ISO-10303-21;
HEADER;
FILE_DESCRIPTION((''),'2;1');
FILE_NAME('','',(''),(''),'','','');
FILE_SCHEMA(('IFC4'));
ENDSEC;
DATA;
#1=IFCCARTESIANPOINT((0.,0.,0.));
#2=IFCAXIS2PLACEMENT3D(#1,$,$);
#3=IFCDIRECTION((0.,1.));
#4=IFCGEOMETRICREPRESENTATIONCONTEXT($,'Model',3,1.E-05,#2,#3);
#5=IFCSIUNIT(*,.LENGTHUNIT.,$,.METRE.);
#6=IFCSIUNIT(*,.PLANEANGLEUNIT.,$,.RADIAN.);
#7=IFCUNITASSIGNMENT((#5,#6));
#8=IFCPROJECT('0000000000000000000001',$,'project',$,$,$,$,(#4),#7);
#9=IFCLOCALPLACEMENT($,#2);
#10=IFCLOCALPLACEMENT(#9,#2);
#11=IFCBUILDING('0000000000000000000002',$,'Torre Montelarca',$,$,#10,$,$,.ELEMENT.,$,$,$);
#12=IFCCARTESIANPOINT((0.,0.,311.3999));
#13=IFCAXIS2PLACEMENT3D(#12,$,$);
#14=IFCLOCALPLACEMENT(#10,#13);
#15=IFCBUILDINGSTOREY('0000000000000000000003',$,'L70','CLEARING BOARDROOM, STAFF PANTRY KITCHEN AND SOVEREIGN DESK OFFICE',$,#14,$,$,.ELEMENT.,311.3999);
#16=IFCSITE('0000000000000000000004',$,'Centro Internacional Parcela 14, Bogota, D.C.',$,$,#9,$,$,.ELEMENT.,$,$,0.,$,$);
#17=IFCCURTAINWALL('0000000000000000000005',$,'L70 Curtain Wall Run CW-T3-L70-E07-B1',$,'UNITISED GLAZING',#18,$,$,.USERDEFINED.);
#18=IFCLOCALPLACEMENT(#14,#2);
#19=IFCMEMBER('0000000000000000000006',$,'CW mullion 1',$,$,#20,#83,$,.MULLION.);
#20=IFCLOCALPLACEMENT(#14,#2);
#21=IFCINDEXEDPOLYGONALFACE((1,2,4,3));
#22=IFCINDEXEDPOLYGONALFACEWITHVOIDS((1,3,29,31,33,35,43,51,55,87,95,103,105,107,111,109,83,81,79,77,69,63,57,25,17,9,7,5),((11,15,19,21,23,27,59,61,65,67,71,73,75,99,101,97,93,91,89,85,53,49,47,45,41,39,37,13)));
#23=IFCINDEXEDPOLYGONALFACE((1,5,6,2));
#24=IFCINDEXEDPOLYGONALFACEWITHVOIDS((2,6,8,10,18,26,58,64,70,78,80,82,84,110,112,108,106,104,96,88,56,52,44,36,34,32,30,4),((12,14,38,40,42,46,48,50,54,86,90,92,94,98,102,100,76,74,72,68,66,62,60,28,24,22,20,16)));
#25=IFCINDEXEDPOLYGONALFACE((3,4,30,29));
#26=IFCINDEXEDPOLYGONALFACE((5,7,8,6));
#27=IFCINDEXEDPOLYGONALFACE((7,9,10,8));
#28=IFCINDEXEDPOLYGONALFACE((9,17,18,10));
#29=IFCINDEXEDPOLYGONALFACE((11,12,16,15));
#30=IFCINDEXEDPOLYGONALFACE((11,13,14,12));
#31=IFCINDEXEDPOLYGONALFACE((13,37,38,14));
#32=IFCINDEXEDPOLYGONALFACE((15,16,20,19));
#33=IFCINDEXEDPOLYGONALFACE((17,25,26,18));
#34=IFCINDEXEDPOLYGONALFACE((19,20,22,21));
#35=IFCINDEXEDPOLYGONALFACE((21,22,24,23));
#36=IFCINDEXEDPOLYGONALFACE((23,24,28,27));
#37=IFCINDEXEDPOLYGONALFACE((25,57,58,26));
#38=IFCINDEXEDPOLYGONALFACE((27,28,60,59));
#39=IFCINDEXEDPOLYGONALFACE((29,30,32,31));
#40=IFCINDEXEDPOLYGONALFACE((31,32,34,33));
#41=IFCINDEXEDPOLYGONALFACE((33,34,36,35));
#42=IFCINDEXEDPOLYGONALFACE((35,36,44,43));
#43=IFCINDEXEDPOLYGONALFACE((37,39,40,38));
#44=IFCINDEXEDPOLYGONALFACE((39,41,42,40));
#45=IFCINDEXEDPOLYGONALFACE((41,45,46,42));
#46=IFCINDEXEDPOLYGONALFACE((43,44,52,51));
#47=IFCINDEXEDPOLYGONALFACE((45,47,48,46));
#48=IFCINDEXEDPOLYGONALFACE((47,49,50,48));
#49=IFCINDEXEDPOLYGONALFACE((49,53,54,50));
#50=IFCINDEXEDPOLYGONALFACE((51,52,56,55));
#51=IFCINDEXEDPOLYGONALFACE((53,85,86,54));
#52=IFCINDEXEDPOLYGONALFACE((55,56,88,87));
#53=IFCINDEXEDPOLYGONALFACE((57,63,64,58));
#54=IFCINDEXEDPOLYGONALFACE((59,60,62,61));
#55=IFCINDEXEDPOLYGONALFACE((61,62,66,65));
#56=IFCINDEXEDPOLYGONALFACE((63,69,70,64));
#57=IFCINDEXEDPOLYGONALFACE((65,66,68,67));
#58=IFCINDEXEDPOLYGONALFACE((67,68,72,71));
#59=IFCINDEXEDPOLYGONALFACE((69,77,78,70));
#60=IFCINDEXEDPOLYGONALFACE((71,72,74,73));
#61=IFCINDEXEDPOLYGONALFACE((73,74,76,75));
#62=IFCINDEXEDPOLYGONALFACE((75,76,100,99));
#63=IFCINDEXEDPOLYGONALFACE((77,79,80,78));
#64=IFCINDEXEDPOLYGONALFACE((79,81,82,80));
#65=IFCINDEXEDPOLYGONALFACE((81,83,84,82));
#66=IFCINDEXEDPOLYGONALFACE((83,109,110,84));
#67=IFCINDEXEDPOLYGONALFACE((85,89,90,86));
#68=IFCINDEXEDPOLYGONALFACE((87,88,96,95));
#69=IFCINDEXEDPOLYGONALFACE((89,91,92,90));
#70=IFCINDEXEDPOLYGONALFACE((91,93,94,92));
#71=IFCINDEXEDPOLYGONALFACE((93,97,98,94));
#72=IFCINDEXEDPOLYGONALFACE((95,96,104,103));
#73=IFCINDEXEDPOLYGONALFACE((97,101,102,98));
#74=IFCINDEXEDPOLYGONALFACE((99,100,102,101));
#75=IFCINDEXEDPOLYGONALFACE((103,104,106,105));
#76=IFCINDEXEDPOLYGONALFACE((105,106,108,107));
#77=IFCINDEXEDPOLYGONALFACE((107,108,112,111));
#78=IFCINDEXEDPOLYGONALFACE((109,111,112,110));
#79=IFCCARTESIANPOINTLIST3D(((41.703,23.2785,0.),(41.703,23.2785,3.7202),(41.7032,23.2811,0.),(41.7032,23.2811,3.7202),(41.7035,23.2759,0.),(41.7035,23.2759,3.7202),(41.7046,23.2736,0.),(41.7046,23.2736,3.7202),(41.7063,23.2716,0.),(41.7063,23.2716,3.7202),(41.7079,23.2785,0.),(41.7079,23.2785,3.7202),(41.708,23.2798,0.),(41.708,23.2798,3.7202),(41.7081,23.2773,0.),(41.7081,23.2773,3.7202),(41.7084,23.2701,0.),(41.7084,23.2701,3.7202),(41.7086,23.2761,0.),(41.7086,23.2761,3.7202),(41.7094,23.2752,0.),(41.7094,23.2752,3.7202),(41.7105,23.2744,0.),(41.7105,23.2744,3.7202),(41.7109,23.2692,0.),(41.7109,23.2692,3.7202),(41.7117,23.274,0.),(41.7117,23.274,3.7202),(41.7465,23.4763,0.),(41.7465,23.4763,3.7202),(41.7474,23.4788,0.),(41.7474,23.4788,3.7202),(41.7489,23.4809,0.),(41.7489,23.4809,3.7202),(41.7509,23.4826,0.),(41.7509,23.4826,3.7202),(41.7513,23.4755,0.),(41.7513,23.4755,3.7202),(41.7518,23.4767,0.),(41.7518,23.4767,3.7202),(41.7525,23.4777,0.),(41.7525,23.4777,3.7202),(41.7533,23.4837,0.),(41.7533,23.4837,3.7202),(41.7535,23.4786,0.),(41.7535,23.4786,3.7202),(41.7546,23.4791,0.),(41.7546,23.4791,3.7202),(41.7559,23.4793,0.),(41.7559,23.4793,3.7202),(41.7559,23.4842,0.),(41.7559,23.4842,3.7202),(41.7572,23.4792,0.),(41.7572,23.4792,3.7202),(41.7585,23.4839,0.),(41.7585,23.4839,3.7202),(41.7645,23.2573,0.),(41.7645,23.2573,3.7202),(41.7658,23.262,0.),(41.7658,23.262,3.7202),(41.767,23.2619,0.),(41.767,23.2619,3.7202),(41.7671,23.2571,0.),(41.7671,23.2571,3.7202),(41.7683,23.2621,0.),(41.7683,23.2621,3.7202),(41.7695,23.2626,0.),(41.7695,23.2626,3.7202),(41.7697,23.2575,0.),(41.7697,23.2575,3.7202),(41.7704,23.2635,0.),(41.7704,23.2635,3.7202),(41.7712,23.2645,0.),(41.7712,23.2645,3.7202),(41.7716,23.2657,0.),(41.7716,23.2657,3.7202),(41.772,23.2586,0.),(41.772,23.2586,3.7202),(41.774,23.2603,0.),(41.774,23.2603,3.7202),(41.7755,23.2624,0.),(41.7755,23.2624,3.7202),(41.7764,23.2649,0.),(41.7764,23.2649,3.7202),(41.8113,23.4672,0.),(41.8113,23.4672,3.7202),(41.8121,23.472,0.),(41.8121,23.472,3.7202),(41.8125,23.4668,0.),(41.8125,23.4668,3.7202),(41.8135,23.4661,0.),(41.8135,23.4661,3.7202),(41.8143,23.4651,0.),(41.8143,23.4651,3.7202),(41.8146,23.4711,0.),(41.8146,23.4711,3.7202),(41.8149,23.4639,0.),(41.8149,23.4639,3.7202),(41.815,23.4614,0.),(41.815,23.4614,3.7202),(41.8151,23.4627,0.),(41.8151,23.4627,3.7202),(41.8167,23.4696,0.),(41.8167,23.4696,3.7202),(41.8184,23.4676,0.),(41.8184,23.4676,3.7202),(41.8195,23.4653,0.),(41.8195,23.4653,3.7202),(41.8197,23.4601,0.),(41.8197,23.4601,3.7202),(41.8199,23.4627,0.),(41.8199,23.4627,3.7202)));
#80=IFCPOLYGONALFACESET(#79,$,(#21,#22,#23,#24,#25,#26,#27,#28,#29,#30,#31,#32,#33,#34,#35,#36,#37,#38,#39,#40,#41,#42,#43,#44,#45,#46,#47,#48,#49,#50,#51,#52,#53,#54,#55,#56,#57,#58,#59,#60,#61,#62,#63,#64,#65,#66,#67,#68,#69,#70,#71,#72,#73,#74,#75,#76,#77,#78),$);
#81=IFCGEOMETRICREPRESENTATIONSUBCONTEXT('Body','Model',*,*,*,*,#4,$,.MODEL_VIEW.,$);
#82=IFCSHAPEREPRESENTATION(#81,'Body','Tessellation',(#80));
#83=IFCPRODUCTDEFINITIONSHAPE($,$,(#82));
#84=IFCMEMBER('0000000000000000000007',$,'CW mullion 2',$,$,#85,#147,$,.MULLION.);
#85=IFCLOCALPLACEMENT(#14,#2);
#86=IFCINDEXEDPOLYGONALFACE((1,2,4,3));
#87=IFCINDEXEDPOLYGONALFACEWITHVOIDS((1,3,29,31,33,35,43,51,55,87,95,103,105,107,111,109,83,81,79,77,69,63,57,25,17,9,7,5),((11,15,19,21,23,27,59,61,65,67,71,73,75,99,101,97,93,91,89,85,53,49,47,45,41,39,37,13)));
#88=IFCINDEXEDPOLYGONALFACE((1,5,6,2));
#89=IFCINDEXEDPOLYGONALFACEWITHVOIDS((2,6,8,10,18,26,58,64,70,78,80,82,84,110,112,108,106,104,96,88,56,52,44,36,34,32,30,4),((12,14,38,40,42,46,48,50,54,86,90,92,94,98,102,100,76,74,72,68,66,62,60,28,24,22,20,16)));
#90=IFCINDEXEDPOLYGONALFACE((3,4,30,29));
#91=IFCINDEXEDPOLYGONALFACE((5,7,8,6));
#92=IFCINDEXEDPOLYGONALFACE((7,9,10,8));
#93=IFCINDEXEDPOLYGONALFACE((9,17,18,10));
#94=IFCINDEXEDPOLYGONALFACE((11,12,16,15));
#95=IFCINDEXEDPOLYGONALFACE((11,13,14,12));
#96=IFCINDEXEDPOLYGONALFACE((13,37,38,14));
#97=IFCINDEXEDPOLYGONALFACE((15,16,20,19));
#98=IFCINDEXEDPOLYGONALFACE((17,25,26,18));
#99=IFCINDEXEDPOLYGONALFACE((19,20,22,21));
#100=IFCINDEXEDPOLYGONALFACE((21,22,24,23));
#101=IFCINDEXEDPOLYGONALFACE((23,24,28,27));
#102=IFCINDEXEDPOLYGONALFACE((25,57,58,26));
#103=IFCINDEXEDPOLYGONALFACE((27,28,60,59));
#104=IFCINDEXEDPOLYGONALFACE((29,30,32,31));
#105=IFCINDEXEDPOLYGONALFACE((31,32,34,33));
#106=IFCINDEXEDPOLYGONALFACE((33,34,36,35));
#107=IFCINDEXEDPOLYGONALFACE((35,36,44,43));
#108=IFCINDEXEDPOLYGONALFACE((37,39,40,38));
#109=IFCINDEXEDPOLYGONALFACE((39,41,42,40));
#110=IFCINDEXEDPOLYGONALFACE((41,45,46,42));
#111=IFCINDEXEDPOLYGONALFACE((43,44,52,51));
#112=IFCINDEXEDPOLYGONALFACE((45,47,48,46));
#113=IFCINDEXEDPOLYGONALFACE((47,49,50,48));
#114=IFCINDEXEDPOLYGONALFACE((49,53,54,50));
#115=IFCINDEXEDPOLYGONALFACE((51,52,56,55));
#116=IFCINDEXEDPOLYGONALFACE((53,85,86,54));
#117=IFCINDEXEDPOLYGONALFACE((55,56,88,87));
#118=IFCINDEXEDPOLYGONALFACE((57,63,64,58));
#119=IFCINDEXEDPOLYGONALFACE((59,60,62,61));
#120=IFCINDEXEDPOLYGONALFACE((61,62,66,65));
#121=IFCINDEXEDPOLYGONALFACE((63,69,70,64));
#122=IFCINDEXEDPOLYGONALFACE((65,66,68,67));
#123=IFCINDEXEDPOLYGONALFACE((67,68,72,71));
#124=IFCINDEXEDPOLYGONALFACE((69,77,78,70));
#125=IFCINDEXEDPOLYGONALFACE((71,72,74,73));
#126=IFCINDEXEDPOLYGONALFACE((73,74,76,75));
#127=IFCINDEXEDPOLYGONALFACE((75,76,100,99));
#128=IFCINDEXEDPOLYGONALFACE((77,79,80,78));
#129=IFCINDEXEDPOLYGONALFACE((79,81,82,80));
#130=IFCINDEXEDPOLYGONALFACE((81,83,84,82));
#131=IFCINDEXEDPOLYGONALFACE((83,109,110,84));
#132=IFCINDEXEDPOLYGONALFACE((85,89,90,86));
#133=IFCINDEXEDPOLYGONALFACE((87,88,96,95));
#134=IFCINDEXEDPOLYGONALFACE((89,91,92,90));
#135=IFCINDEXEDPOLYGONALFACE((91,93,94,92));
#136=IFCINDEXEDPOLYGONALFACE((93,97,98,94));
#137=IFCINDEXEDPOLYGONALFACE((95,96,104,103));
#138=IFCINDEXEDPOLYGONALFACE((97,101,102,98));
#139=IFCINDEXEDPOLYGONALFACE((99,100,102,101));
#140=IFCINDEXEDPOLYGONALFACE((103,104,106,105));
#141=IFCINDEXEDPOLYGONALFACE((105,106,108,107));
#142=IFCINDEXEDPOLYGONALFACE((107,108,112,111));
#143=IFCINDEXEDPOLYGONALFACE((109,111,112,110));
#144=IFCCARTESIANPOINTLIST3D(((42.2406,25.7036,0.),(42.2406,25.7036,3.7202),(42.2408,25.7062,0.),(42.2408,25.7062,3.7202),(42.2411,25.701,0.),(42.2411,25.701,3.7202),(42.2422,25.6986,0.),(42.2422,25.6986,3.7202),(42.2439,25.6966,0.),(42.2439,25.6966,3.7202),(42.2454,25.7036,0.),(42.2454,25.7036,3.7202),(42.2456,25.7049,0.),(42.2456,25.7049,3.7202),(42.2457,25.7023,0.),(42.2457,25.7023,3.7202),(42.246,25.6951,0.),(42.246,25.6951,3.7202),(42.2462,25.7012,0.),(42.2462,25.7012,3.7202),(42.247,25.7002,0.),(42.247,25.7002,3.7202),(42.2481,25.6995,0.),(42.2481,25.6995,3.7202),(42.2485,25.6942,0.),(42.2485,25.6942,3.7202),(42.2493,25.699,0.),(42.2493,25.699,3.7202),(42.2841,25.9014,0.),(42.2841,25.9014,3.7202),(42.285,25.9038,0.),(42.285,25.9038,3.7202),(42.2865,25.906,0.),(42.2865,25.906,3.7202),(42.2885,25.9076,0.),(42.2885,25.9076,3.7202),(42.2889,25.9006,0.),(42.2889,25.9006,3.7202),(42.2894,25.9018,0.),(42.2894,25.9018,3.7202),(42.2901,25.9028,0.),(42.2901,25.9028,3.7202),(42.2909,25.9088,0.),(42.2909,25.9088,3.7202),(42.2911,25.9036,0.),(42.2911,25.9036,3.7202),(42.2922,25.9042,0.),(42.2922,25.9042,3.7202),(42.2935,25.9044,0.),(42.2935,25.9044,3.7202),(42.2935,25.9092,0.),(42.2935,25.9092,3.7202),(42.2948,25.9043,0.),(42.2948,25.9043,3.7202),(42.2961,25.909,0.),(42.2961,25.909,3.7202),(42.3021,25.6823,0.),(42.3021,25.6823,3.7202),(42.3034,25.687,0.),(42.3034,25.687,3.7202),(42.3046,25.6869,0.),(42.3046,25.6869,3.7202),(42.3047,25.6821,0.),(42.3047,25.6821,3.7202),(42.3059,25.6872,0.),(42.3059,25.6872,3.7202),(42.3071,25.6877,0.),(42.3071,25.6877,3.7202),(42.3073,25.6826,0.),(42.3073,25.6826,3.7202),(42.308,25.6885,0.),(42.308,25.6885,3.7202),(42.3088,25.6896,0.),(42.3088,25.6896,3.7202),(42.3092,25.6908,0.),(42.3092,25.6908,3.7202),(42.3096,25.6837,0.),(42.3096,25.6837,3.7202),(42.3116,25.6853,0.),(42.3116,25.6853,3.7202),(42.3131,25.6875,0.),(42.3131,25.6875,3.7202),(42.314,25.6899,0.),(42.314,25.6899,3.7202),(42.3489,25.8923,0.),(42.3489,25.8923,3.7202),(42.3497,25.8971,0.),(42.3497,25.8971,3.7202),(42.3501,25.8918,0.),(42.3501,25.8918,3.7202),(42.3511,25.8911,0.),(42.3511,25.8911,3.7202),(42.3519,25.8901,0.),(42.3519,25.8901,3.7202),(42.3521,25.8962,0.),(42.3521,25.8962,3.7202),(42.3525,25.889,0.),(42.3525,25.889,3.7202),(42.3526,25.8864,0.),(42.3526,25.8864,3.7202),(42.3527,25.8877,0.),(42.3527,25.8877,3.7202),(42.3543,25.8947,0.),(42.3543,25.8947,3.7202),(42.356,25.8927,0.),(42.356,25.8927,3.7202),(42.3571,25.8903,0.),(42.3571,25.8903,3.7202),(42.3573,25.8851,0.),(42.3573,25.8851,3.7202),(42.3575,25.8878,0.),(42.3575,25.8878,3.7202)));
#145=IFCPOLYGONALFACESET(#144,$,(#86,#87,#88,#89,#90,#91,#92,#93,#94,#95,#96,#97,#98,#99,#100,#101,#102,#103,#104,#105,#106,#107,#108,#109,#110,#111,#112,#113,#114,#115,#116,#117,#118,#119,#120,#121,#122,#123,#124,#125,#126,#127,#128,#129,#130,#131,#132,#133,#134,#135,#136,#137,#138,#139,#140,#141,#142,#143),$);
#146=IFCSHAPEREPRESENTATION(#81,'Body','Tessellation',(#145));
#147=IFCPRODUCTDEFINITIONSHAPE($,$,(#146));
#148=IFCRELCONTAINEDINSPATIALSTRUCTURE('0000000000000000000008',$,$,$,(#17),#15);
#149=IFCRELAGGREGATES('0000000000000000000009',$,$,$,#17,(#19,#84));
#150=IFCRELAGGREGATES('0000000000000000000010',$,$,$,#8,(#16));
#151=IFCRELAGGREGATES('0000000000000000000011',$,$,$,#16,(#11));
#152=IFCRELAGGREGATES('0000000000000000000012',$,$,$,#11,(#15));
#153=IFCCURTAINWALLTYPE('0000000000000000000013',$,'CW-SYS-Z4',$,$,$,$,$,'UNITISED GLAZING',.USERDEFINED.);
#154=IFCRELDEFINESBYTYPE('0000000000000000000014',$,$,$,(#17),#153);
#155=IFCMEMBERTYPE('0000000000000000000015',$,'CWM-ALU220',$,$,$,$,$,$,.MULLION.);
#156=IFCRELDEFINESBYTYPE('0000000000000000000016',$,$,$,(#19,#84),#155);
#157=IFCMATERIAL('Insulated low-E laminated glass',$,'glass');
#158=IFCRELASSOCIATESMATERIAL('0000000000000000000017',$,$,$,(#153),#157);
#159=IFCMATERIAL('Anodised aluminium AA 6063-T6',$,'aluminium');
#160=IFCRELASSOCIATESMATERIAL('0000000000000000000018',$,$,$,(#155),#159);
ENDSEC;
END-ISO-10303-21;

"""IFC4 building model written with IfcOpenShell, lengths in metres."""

from ifc_helpers import new_model, si_unit, direction, frame, origin, origin_2d, place, context, subcontext, project, spatial, hollow_rectangle, extrude, source, transform, mapped, material, material_profile, profile_set, type_object, element, aggregate, save


model = new_model("IFC4")

# Units and contexts
model_context = context("Model", 3, precision=1e-05, world=origin(), true_north=direction((0.0, 1.0)))
body_context = subcontext(model_context, "Body", "Model", "MODEL_VIEW")
ifc_project = project(units=[si_unit("LENGTHUNIT", "METRE"), si_unit("PLANEANGLEUNIT", "RADIAN")], contexts=[model_context])

# Site, building, storey
site_placement = place(None, origin())
site = spatial("IfcSite", under=ifc_project, at=site_placement, Name="Centro Internacional Parcela 14, Bogota, D.C.", CompositionType="ELEMENT", RefElevation=0.0)
building_placement = place(site_placement, origin())
building = spatial("IfcBuilding", under=site, at=building_placement, Name="Torre Montelarca", CompositionType="ELEMENT")
storey_placement = place(building_placement, frame((0.0, 0.0, 311.3999)))
storey = spatial("IfcBuildingStorey", under=building, at=storey_placement, Name="L70", Description="CLEARING BOARDROOM, STAFF PANTRY KITCHEN AND SOVEREIGN DESK OFFICE", CompositionType="ELEMENT", Elevation=311.3999)

# Curtain wall, members
ifc_material_1 = material(Name="Insulated low-E laminated glass", Category="glass")
curtain_wall_type = type_object("IfcCurtainWallType", Name="CW-SYS-Z4", ElementType="UNITISED GLAZING", PredefinedType="USERDEFINED", material=ifc_material_1)
ifc_material_2 = material(Name="Anodised aluminium AA 6063-T6", Category="aluminium")
ifc_material_profile_1 = material_profile(ifc_material_2, hollow_rectangle(XDim=0.075, YDim=0.22, WallThickness=0.0049, InnerFilletRadius=0.0049, OuterFilletRadius=0.01, at=origin_2d()), Name="ALU75X220X5", Category="aluminium")
ifc_profile_set_1 = profile_set([ifc_material_profile_1], Name="Anodised aluminium AA 6063-T6")
member_type_1 = type_object("IfcMemberType", Name="CWM-ALU220", PredefinedType="MULLION", material=ifc_profile_set_1)
shared_shape_1 = source(origin(), body_context, "Body", "SweptSolid", [
    extrude(hollow_rectangle(XDim=0.075, YDim=0.22, WallThickness=0.0049, InnerFilletRadius=0.0049, OuterFilletRadius=0.01, at=origin_2d()), origin(), (0.0, 0.0, 1.0), 3.7202),
])
curtain_wall_1_placement = place(storey_placement, origin())
curtain_wall_1 = element("IfcCurtainWall", 1, at=curtain_wall_1_placement, inside=storey, type_object=curtain_wall_type, Name="L70 Curtain Wall Run CW-T3-L70-E07-B1", ObjectType="UNITISED GLAZING", PredefinedType="USERDEFINED")
member_1_placement = place(storey_placement, frame((41.7615, 23.3706, 0.0), z_axis=(0.0, 0.0, 1.0), x_axis=(-0.976295, 0.216443, 0.0)))
member_1 = element("IfcMember", 2, at=member_1_placement, type_object=member_type_1, Name="CW mullion 1", PredefinedType="MULLION", context=body_context, shape_type="MappedRepresentation", body=[
    mapped(shared_shape_1, transform((0.0, 0.0, 0.0), scale=1.0)),
])
member_2_placement = place(storey_placement, frame((42.2991, 25.7957, 0.0), z_axis=(0.0, 0.0, 1.0), x_axis=(-0.976295, 0.216443, 0.0)))
member_2 = element("IfcMember", 3, at=member_2_placement, type_object=member_type_1, Name="CW mullion 2", PredefinedType="MULLION", context=body_context, shape_type="MappedRepresentation", body=[
    mapped(shared_shape_1, transform((0.0, 0.0, 0.0), scale=1.0)),
])

aggregate(curtain_wall_1, [member_1, member_2])

save(model, "model.ifc")
